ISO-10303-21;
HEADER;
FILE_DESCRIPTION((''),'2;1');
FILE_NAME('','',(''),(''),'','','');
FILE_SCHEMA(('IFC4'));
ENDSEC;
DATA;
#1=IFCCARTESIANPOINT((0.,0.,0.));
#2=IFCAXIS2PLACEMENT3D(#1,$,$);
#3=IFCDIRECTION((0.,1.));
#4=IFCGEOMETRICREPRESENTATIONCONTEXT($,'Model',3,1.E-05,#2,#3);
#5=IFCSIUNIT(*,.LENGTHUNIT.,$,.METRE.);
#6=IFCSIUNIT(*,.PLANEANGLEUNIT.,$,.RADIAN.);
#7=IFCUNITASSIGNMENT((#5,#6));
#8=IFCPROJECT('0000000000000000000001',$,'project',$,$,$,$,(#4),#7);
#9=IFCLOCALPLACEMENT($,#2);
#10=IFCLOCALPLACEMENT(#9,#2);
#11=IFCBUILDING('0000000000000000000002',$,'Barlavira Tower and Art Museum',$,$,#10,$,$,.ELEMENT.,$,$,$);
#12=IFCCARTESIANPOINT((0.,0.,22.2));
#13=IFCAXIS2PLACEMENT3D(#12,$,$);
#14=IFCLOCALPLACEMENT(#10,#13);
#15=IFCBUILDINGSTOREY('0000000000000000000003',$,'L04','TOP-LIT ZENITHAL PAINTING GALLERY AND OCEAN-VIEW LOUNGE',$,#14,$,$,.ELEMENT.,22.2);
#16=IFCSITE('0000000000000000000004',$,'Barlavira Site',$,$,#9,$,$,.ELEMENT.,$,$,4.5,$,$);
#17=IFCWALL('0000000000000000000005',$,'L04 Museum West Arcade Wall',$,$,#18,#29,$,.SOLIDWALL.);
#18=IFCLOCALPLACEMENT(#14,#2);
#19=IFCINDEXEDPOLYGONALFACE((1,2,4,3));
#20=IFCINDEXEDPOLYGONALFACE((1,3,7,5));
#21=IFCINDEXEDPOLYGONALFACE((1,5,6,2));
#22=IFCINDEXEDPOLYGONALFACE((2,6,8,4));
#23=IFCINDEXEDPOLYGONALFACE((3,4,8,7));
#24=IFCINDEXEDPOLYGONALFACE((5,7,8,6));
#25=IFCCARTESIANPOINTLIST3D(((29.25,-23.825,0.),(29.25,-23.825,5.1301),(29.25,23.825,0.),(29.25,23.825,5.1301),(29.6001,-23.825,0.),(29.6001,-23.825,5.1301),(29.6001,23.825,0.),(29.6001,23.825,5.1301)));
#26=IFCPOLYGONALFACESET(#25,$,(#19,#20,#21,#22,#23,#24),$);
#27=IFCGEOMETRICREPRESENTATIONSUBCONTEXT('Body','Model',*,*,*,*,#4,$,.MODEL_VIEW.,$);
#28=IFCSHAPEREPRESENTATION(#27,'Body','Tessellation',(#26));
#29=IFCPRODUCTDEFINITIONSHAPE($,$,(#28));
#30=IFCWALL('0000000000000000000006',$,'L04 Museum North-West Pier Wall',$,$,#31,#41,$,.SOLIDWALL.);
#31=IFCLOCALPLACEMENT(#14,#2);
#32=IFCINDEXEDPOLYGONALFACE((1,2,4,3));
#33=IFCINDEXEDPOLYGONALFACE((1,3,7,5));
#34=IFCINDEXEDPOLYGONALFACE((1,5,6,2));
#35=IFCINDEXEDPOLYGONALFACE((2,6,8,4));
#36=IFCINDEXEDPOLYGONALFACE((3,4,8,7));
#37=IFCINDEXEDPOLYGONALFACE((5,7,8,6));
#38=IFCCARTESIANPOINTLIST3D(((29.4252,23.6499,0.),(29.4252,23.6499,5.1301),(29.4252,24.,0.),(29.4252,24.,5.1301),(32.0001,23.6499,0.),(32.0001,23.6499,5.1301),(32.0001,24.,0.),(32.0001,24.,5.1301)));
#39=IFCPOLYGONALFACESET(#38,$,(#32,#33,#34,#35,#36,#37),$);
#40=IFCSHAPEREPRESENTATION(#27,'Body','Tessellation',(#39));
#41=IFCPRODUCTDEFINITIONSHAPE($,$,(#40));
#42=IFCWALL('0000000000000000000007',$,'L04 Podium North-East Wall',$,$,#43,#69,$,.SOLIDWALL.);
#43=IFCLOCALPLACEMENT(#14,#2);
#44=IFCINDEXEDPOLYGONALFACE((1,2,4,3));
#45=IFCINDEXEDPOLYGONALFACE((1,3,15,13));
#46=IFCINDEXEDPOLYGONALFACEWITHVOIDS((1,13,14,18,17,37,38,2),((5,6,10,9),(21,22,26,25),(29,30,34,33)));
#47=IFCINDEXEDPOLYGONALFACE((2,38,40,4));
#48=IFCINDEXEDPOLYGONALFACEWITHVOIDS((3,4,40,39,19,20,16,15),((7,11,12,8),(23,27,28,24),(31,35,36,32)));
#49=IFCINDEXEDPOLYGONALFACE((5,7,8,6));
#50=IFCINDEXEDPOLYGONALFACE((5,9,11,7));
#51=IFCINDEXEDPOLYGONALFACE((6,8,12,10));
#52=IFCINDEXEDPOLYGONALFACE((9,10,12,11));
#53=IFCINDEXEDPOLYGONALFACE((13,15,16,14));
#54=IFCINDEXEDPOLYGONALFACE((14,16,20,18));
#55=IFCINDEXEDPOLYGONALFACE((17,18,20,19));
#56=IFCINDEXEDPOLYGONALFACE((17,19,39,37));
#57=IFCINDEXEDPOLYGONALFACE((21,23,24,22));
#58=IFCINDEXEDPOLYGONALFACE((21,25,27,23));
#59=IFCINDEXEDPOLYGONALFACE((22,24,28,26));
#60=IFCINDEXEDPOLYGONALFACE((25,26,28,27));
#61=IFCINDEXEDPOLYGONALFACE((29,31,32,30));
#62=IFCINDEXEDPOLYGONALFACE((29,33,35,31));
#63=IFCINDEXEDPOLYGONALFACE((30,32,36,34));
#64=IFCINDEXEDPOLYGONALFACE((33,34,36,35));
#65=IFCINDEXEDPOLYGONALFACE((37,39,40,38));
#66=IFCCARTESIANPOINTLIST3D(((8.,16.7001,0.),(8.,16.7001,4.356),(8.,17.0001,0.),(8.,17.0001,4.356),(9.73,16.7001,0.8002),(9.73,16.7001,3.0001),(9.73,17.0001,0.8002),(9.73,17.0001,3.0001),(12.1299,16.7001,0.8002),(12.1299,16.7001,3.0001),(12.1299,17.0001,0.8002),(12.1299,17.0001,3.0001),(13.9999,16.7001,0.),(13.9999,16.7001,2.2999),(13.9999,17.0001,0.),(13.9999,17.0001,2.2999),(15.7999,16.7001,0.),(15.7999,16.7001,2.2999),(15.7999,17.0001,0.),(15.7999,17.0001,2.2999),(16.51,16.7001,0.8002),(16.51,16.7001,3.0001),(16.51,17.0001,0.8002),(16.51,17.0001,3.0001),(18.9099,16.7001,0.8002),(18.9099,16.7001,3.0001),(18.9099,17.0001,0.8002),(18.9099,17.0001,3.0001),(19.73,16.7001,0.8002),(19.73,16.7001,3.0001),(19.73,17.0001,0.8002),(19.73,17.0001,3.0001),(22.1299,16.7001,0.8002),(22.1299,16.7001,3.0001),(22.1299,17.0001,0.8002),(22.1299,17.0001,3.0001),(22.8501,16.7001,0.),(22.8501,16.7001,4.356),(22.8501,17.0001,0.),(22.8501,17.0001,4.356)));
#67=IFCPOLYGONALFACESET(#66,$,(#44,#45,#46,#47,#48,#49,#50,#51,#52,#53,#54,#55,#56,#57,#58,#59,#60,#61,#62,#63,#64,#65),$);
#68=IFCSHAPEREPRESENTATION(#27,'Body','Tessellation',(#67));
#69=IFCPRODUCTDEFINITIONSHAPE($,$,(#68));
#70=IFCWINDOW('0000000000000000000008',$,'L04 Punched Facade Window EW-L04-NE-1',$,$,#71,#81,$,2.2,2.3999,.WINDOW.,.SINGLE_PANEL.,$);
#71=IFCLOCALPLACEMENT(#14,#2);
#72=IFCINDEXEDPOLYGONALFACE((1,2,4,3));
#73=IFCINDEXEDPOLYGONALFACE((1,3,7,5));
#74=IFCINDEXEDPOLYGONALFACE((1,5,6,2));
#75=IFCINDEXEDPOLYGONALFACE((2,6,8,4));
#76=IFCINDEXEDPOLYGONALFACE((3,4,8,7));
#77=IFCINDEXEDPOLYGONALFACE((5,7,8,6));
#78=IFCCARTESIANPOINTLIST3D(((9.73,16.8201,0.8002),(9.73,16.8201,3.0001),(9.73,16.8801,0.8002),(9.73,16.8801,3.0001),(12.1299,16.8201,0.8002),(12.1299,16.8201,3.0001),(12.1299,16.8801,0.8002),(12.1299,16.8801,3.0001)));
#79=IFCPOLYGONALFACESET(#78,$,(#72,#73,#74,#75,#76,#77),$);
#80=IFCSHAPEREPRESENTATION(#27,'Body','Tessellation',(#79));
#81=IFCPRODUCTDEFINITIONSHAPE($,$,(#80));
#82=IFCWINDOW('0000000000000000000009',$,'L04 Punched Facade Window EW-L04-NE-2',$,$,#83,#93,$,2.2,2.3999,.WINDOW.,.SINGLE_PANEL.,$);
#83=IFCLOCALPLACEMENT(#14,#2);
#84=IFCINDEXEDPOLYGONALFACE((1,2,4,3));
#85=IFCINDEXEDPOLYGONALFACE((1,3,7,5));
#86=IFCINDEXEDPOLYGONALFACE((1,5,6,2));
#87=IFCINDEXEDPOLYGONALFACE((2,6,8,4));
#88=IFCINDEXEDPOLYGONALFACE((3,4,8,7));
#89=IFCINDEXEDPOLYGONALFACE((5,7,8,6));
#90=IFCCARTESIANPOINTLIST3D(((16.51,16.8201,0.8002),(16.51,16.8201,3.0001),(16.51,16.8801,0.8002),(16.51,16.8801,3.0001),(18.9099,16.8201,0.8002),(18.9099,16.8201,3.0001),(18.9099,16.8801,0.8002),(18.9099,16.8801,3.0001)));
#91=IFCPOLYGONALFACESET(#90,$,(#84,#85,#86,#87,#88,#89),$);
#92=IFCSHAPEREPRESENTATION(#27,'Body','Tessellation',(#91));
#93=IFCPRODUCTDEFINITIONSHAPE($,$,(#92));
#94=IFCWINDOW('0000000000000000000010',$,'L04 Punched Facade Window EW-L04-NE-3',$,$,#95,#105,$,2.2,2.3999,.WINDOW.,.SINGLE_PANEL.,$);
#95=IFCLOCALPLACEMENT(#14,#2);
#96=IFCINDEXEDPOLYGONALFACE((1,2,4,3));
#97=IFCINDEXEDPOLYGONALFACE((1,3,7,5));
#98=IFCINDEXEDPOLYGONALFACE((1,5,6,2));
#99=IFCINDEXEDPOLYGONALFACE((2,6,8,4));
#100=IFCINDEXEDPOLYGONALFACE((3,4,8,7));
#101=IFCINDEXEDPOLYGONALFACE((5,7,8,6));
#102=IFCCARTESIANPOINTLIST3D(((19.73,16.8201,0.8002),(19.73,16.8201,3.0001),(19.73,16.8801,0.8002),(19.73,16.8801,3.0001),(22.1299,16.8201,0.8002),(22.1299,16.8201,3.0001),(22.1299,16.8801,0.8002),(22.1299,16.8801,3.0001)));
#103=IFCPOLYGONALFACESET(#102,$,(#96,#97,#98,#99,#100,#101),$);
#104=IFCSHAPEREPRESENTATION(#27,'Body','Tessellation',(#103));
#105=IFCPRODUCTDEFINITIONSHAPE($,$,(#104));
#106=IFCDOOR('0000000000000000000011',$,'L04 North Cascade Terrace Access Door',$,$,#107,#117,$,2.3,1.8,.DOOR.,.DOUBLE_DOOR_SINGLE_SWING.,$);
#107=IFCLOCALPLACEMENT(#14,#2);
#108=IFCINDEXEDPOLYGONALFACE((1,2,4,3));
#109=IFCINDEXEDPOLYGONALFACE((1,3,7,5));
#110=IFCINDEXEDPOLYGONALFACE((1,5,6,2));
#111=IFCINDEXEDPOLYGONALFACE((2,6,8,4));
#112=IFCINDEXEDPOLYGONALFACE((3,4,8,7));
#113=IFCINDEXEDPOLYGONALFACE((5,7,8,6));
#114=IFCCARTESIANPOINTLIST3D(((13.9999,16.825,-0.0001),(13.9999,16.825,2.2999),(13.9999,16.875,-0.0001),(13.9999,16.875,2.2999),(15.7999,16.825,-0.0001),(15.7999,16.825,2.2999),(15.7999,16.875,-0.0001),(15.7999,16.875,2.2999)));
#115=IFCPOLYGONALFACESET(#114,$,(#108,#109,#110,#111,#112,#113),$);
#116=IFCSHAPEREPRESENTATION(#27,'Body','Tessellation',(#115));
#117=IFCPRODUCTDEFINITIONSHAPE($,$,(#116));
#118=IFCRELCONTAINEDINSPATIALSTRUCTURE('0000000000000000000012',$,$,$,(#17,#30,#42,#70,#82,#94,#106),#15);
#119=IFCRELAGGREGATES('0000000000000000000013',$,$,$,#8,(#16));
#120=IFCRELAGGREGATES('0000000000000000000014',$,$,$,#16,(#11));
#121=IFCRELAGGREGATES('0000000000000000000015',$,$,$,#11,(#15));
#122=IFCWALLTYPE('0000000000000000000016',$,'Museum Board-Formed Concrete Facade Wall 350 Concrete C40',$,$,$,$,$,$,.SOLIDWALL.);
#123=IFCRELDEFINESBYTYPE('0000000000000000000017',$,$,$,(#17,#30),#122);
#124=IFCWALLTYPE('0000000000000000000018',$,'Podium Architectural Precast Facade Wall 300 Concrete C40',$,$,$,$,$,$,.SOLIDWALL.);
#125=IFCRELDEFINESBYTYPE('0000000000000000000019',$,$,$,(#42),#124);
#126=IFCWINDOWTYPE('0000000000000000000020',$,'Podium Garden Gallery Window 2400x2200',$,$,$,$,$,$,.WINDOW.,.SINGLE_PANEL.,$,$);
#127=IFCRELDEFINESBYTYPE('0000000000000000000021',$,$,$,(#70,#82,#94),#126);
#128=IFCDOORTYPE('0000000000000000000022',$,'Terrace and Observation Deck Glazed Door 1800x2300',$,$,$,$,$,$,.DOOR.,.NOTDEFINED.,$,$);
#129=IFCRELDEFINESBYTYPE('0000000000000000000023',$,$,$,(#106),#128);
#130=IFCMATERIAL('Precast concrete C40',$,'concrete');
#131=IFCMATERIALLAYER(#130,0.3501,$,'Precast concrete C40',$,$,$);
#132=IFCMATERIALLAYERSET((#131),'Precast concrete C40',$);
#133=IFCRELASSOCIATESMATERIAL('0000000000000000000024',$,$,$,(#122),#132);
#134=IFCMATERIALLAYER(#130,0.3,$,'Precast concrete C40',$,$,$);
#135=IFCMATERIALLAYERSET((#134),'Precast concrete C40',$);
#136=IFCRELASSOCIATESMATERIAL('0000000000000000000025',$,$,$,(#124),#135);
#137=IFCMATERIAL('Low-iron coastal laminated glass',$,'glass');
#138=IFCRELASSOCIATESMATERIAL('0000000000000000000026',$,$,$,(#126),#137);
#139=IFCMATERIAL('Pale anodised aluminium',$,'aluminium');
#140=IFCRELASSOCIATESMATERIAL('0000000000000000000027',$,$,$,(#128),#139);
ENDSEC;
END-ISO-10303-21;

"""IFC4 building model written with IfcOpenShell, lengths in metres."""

from ifc_helpers import new_model, si_unit, direction, frame, frame_2d, origin, place, context, subcontext, project, spatial, rectangle, extrude, material, layer, layer_set, type_object, element, fill, save


model = new_model("IFC4")

# Units and contexts
model_context = context("Model", 3, precision=1e-05, world=origin(), true_north=direction((0.0, 1.0)))
body_context = subcontext(model_context, "Body", "Model", "MODEL_VIEW")
ifc_project = project(units=[si_unit("LENGTHUNIT", "METRE"), si_unit("PLANEANGLEUNIT", "RADIAN")], contexts=[model_context])

# Site, building, storey
site_placement = place(None, origin())
site = spatial("IfcSite", under=ifc_project, at=site_placement, Name="Barlavira Site", CompositionType="ELEMENT", RefElevation=4.5)
building_placement = place(site_placement, origin())
building = spatial("IfcBuilding", under=site, at=building_placement, Name="Barlavira Tower and Art Museum", CompositionType="ELEMENT")
storey_placement = place(building_placement, frame((0.0, 0.0, 22.2)))
storey = spatial("IfcBuildingStorey", under=building, at=storey_placement, Name="L04", Description="TOP-LIT ZENITHAL PAINTING GALLERY AND OCEAN-VIEW LOUNGE", CompositionType="ELEMENT", Elevation=22.2)

# Shared definitions
ifc_material_1 = material(Name="Low-iron coastal laminated glass", Category="glass")
ifc_material_2 = material(Name="Pale anodised aluminium", Category="aluminium")

# Walls
ifc_material_3 = material(Name="Precast concrete C40", Category="concrete")
ifc_layer_1 = layer(ifc_material_3, 0.3501, Name="Precast concrete C40")
ifc_layer_set_1 = layer_set([ifc_layer_1], Name="Precast concrete C40")
wall_type_1 = type_object("IfcWallType", Name="Museum Board-Formed Concrete Facade Wall 350 Concrete C40", PredefinedType="SOLIDWALL", material=ifc_layer_set_1)
wall_1_placement = place(storey_placement, frame((29.425, 23.825, 0.0), z_axis=(0.0, 0.0, 1.0), x_axis=(0.0, -1.0, 0.0)))
element("IfcWall", 1, at=wall_1_placement, inside=storey, type_object=wall_type_1, Name="L04 Museum West Arcade Wall", PredefinedType="SOLIDWALL", context=body_context, shape_type="SweptSolid", body=[
    extrude(rectangle(XDim=47.6499, YDim=0.3501, at=frame_2d((23.825, 0.0))), origin(), (0.0, 0.0, 1.0), 5.1301),
])
wall_2_placement = place(storey_placement, frame((29.425, 23.825, 0.0), z_axis=(0.0, 0.0, 1.0), x_axis=(1.0, 0.0, 0.0)))
element("IfcWall", 2, at=wall_2_placement, inside=storey, type_object=wall_type_1, Name="L04 Museum North-West Pier Wall", PredefinedType="SOLIDWALL", context=body_context, shape_type="SweptSolid", body=[
    extrude(rectangle(XDim=2.575, YDim=0.3501, at=frame_2d((1.2876, 0.0))), origin(), (0.0, 0.0, 1.0), 5.1301),
])

# Wall, openings, windows, door
ifc_layer_2 = layer(ifc_material_3, 0.3, Name="Precast concrete C40")
ifc_layer_set_2 = layer_set([ifc_layer_2], Name="Precast concrete C40")
wall_type_2 = type_object("IfcWallType", Name="Podium Architectural Precast Facade Wall 300 Concrete C40", PredefinedType="SOLIDWALL", material=ifc_layer_set_2)
wall_3_placement = place(storey_placement, frame((8.0, 16.8501, 0.0), z_axis=(0.0, 0.0, 1.0), x_axis=(1.0, 0.0, 0.0)))
wall_3 = element("IfcWall", 3, at=wall_3_placement, inside=storey, type_object=wall_type_2, Name="L04 Podium North-East Wall", PredefinedType="SOLIDWALL", context=body_context, shape_type="SweptSolid", body=[
    extrude(rectangle(XDim=14.8501, YDim=0.3, at=frame_2d((7.425, 0.0))), origin(), (0.0, 0.0, 1.0), 4.356),
])
opening_1_placement = place(wall_3_placement, frame((6.0, 0.0, 0.0)))
opening_1 = element("IfcOpeningElement", 4, at=opening_1_placement, cuts=wall_3, PredefinedType="OPENING", context=body_context, shape_type="SweptSolid", body=[
    extrude(rectangle(XDim=1.8, YDim=2.3, at=frame_2d((0.8999, 1.1499))), frame((0.0, 0.1602, 0.0), z_axis=(0.0, -1.0, 0.0), x_axis=(1.0, 0.0, 0.0)), (0.0, 0.0, 1.0), 0.3201),
])
opening_2_placement = place(wall_3_placement, frame((1.73, 0.0, 0.8)))
opening_2 = element("IfcOpeningElement", 5, at=opening_2_placement, cuts=wall_3, PredefinedType="OPENING", context=body_context, shape_type="SweptSolid", body=[
    extrude(rectangle(XDim=2.3999, YDim=2.2, at=frame_2d((1.2, 1.1001))), frame((0.0, 0.1602, 0.0), z_axis=(0.0, -1.0, 0.0), x_axis=(1.0, 0.0, 0.0)), (0.0, 0.0, 1.0), 0.3201),
])
opening_3_placement = place(wall_3_placement, frame((8.51, 0.0, 0.8)))
opening_3 = element("IfcOpeningElement", 6, at=opening_3_placement, cuts=wall_3, PredefinedType="OPENING", context=body_context, shape_type="SweptSolid", body=[
    extrude(rectangle(XDim=2.3999, YDim=2.2, at=frame_2d((1.2, 1.1001))), frame((0.0, 0.1602, 0.0), z_axis=(0.0, -1.0, 0.0), x_axis=(1.0, 0.0, 0.0)), (0.0, 0.0, 1.0), 0.3201),
])
opening_4_placement = place(wall_3_placement, frame((11.73, 0.0, 0.8)))
opening_4 = element("IfcOpeningElement", 7, at=opening_4_placement, cuts=wall_3, PredefinedType="OPENING", context=body_context, shape_type="SweptSolid", body=[
    extrude(rectangle(XDim=2.3999, YDim=2.2, at=frame_2d((1.2, 1.1001))), frame((0.0, 0.1602, 0.0), z_axis=(0.0, -1.0, 0.0), x_axis=(1.0, 0.0, 0.0)), (0.0, 0.0, 1.0), 0.3201),
])
window_type = type_object("IfcWindowType", Name="Podium Garden Gallery Window 2400x2200", PartitioningType="SINGLE_PANEL", PredefinedType="WINDOW", material=ifc_material_1)
window_1_placement = place(opening_2_placement, origin())
window_1 = element("IfcWindow", 8, at=window_1_placement, inside=storey, type_object=window_type, Name="L04 Punched Facade Window EW-L04-NE-1", OverallHeight=2.2, OverallWidth=2.3999, PartitioningType="SINGLE_PANEL", PredefinedType="WINDOW", context=body_context, shape_type="SweptSolid", body=[
    extrude(rectangle(XDim=2.3999, YDim=2.2, at=frame_2d((1.2, 1.1001))), frame((0.0, 0.03, 0.0), z_axis=(0.0, -1.0, 0.0), x_axis=(1.0, 0.0, 0.0)), (0.0, 0.0, 1.0), 0.0601),
])
fill(opening_2, window_1)
window_2_placement = place(opening_3_placement, origin())
window_2 = element("IfcWindow", 9, at=window_2_placement, inside=storey, type_object=window_type, Name="L04 Punched Facade Window EW-L04-NE-2", OverallHeight=2.2, OverallWidth=2.3999, PartitioningType="SINGLE_PANEL", PredefinedType="WINDOW", context=body_context, shape_type="SweptSolid", body=[
    extrude(rectangle(XDim=2.3999, YDim=2.2, at=frame_2d((1.2, 1.1001))), frame((0.0, 0.03, 0.0), z_axis=(0.0, -1.0, 0.0), x_axis=(1.0, 0.0, 0.0)), (0.0, 0.0, 1.0), 0.0601),
])
fill(opening_3, window_2)
window_3_placement = place(opening_4_placement, origin())
window_3 = element("IfcWindow", 10, at=window_3_placement, inside=storey, type_object=window_type, Name="L04 Punched Facade Window EW-L04-NE-3", OverallHeight=2.2, OverallWidth=2.3999, PartitioningType="SINGLE_PANEL", PredefinedType="WINDOW", context=body_context, shape_type="SweptSolid", body=[
    extrude(rectangle(XDim=2.3999, YDim=2.2, at=frame_2d((1.2, 1.1001))), frame((0.0, 0.03, 0.0), z_axis=(0.0, -1.0, 0.0), x_axis=(1.0, 0.0, 0.0)), (0.0, 0.0, 1.0), 0.0601),
])
fill(opening_4, window_3)
door_type = type_object("IfcDoorType", Name="Terrace and Observation Deck Glazed Door 1800x2300", OperationType="NOTDEFINED", PredefinedType="DOOR", material=ifc_material_2)
door_placement = place(opening_1_placement, origin())
door = element("IfcDoor", 11, at=door_placement, inside=storey, type_object=door_type, Name="L04 North Cascade Terrace Access Door", OperationType="DOUBLE_DOOR_SINGLE_SWING", OverallHeight=2.3, OverallWidth=1.8, PredefinedType="DOOR", context=body_context, shape_type="SweptSolid", body=[
    extrude(rectangle(XDim=1.8, YDim=2.3, at=frame_2d((0.8999, 1.1499))), frame((0.0, 0.0249, 0.0), z_axis=(0.0, -1.0, 0.0), x_axis=(1.0, 0.0, 0.0)), (0.0, 0.0, 1.0), 0.05),
])
fill(opening_1, door)

save(model, "model.ifc")
